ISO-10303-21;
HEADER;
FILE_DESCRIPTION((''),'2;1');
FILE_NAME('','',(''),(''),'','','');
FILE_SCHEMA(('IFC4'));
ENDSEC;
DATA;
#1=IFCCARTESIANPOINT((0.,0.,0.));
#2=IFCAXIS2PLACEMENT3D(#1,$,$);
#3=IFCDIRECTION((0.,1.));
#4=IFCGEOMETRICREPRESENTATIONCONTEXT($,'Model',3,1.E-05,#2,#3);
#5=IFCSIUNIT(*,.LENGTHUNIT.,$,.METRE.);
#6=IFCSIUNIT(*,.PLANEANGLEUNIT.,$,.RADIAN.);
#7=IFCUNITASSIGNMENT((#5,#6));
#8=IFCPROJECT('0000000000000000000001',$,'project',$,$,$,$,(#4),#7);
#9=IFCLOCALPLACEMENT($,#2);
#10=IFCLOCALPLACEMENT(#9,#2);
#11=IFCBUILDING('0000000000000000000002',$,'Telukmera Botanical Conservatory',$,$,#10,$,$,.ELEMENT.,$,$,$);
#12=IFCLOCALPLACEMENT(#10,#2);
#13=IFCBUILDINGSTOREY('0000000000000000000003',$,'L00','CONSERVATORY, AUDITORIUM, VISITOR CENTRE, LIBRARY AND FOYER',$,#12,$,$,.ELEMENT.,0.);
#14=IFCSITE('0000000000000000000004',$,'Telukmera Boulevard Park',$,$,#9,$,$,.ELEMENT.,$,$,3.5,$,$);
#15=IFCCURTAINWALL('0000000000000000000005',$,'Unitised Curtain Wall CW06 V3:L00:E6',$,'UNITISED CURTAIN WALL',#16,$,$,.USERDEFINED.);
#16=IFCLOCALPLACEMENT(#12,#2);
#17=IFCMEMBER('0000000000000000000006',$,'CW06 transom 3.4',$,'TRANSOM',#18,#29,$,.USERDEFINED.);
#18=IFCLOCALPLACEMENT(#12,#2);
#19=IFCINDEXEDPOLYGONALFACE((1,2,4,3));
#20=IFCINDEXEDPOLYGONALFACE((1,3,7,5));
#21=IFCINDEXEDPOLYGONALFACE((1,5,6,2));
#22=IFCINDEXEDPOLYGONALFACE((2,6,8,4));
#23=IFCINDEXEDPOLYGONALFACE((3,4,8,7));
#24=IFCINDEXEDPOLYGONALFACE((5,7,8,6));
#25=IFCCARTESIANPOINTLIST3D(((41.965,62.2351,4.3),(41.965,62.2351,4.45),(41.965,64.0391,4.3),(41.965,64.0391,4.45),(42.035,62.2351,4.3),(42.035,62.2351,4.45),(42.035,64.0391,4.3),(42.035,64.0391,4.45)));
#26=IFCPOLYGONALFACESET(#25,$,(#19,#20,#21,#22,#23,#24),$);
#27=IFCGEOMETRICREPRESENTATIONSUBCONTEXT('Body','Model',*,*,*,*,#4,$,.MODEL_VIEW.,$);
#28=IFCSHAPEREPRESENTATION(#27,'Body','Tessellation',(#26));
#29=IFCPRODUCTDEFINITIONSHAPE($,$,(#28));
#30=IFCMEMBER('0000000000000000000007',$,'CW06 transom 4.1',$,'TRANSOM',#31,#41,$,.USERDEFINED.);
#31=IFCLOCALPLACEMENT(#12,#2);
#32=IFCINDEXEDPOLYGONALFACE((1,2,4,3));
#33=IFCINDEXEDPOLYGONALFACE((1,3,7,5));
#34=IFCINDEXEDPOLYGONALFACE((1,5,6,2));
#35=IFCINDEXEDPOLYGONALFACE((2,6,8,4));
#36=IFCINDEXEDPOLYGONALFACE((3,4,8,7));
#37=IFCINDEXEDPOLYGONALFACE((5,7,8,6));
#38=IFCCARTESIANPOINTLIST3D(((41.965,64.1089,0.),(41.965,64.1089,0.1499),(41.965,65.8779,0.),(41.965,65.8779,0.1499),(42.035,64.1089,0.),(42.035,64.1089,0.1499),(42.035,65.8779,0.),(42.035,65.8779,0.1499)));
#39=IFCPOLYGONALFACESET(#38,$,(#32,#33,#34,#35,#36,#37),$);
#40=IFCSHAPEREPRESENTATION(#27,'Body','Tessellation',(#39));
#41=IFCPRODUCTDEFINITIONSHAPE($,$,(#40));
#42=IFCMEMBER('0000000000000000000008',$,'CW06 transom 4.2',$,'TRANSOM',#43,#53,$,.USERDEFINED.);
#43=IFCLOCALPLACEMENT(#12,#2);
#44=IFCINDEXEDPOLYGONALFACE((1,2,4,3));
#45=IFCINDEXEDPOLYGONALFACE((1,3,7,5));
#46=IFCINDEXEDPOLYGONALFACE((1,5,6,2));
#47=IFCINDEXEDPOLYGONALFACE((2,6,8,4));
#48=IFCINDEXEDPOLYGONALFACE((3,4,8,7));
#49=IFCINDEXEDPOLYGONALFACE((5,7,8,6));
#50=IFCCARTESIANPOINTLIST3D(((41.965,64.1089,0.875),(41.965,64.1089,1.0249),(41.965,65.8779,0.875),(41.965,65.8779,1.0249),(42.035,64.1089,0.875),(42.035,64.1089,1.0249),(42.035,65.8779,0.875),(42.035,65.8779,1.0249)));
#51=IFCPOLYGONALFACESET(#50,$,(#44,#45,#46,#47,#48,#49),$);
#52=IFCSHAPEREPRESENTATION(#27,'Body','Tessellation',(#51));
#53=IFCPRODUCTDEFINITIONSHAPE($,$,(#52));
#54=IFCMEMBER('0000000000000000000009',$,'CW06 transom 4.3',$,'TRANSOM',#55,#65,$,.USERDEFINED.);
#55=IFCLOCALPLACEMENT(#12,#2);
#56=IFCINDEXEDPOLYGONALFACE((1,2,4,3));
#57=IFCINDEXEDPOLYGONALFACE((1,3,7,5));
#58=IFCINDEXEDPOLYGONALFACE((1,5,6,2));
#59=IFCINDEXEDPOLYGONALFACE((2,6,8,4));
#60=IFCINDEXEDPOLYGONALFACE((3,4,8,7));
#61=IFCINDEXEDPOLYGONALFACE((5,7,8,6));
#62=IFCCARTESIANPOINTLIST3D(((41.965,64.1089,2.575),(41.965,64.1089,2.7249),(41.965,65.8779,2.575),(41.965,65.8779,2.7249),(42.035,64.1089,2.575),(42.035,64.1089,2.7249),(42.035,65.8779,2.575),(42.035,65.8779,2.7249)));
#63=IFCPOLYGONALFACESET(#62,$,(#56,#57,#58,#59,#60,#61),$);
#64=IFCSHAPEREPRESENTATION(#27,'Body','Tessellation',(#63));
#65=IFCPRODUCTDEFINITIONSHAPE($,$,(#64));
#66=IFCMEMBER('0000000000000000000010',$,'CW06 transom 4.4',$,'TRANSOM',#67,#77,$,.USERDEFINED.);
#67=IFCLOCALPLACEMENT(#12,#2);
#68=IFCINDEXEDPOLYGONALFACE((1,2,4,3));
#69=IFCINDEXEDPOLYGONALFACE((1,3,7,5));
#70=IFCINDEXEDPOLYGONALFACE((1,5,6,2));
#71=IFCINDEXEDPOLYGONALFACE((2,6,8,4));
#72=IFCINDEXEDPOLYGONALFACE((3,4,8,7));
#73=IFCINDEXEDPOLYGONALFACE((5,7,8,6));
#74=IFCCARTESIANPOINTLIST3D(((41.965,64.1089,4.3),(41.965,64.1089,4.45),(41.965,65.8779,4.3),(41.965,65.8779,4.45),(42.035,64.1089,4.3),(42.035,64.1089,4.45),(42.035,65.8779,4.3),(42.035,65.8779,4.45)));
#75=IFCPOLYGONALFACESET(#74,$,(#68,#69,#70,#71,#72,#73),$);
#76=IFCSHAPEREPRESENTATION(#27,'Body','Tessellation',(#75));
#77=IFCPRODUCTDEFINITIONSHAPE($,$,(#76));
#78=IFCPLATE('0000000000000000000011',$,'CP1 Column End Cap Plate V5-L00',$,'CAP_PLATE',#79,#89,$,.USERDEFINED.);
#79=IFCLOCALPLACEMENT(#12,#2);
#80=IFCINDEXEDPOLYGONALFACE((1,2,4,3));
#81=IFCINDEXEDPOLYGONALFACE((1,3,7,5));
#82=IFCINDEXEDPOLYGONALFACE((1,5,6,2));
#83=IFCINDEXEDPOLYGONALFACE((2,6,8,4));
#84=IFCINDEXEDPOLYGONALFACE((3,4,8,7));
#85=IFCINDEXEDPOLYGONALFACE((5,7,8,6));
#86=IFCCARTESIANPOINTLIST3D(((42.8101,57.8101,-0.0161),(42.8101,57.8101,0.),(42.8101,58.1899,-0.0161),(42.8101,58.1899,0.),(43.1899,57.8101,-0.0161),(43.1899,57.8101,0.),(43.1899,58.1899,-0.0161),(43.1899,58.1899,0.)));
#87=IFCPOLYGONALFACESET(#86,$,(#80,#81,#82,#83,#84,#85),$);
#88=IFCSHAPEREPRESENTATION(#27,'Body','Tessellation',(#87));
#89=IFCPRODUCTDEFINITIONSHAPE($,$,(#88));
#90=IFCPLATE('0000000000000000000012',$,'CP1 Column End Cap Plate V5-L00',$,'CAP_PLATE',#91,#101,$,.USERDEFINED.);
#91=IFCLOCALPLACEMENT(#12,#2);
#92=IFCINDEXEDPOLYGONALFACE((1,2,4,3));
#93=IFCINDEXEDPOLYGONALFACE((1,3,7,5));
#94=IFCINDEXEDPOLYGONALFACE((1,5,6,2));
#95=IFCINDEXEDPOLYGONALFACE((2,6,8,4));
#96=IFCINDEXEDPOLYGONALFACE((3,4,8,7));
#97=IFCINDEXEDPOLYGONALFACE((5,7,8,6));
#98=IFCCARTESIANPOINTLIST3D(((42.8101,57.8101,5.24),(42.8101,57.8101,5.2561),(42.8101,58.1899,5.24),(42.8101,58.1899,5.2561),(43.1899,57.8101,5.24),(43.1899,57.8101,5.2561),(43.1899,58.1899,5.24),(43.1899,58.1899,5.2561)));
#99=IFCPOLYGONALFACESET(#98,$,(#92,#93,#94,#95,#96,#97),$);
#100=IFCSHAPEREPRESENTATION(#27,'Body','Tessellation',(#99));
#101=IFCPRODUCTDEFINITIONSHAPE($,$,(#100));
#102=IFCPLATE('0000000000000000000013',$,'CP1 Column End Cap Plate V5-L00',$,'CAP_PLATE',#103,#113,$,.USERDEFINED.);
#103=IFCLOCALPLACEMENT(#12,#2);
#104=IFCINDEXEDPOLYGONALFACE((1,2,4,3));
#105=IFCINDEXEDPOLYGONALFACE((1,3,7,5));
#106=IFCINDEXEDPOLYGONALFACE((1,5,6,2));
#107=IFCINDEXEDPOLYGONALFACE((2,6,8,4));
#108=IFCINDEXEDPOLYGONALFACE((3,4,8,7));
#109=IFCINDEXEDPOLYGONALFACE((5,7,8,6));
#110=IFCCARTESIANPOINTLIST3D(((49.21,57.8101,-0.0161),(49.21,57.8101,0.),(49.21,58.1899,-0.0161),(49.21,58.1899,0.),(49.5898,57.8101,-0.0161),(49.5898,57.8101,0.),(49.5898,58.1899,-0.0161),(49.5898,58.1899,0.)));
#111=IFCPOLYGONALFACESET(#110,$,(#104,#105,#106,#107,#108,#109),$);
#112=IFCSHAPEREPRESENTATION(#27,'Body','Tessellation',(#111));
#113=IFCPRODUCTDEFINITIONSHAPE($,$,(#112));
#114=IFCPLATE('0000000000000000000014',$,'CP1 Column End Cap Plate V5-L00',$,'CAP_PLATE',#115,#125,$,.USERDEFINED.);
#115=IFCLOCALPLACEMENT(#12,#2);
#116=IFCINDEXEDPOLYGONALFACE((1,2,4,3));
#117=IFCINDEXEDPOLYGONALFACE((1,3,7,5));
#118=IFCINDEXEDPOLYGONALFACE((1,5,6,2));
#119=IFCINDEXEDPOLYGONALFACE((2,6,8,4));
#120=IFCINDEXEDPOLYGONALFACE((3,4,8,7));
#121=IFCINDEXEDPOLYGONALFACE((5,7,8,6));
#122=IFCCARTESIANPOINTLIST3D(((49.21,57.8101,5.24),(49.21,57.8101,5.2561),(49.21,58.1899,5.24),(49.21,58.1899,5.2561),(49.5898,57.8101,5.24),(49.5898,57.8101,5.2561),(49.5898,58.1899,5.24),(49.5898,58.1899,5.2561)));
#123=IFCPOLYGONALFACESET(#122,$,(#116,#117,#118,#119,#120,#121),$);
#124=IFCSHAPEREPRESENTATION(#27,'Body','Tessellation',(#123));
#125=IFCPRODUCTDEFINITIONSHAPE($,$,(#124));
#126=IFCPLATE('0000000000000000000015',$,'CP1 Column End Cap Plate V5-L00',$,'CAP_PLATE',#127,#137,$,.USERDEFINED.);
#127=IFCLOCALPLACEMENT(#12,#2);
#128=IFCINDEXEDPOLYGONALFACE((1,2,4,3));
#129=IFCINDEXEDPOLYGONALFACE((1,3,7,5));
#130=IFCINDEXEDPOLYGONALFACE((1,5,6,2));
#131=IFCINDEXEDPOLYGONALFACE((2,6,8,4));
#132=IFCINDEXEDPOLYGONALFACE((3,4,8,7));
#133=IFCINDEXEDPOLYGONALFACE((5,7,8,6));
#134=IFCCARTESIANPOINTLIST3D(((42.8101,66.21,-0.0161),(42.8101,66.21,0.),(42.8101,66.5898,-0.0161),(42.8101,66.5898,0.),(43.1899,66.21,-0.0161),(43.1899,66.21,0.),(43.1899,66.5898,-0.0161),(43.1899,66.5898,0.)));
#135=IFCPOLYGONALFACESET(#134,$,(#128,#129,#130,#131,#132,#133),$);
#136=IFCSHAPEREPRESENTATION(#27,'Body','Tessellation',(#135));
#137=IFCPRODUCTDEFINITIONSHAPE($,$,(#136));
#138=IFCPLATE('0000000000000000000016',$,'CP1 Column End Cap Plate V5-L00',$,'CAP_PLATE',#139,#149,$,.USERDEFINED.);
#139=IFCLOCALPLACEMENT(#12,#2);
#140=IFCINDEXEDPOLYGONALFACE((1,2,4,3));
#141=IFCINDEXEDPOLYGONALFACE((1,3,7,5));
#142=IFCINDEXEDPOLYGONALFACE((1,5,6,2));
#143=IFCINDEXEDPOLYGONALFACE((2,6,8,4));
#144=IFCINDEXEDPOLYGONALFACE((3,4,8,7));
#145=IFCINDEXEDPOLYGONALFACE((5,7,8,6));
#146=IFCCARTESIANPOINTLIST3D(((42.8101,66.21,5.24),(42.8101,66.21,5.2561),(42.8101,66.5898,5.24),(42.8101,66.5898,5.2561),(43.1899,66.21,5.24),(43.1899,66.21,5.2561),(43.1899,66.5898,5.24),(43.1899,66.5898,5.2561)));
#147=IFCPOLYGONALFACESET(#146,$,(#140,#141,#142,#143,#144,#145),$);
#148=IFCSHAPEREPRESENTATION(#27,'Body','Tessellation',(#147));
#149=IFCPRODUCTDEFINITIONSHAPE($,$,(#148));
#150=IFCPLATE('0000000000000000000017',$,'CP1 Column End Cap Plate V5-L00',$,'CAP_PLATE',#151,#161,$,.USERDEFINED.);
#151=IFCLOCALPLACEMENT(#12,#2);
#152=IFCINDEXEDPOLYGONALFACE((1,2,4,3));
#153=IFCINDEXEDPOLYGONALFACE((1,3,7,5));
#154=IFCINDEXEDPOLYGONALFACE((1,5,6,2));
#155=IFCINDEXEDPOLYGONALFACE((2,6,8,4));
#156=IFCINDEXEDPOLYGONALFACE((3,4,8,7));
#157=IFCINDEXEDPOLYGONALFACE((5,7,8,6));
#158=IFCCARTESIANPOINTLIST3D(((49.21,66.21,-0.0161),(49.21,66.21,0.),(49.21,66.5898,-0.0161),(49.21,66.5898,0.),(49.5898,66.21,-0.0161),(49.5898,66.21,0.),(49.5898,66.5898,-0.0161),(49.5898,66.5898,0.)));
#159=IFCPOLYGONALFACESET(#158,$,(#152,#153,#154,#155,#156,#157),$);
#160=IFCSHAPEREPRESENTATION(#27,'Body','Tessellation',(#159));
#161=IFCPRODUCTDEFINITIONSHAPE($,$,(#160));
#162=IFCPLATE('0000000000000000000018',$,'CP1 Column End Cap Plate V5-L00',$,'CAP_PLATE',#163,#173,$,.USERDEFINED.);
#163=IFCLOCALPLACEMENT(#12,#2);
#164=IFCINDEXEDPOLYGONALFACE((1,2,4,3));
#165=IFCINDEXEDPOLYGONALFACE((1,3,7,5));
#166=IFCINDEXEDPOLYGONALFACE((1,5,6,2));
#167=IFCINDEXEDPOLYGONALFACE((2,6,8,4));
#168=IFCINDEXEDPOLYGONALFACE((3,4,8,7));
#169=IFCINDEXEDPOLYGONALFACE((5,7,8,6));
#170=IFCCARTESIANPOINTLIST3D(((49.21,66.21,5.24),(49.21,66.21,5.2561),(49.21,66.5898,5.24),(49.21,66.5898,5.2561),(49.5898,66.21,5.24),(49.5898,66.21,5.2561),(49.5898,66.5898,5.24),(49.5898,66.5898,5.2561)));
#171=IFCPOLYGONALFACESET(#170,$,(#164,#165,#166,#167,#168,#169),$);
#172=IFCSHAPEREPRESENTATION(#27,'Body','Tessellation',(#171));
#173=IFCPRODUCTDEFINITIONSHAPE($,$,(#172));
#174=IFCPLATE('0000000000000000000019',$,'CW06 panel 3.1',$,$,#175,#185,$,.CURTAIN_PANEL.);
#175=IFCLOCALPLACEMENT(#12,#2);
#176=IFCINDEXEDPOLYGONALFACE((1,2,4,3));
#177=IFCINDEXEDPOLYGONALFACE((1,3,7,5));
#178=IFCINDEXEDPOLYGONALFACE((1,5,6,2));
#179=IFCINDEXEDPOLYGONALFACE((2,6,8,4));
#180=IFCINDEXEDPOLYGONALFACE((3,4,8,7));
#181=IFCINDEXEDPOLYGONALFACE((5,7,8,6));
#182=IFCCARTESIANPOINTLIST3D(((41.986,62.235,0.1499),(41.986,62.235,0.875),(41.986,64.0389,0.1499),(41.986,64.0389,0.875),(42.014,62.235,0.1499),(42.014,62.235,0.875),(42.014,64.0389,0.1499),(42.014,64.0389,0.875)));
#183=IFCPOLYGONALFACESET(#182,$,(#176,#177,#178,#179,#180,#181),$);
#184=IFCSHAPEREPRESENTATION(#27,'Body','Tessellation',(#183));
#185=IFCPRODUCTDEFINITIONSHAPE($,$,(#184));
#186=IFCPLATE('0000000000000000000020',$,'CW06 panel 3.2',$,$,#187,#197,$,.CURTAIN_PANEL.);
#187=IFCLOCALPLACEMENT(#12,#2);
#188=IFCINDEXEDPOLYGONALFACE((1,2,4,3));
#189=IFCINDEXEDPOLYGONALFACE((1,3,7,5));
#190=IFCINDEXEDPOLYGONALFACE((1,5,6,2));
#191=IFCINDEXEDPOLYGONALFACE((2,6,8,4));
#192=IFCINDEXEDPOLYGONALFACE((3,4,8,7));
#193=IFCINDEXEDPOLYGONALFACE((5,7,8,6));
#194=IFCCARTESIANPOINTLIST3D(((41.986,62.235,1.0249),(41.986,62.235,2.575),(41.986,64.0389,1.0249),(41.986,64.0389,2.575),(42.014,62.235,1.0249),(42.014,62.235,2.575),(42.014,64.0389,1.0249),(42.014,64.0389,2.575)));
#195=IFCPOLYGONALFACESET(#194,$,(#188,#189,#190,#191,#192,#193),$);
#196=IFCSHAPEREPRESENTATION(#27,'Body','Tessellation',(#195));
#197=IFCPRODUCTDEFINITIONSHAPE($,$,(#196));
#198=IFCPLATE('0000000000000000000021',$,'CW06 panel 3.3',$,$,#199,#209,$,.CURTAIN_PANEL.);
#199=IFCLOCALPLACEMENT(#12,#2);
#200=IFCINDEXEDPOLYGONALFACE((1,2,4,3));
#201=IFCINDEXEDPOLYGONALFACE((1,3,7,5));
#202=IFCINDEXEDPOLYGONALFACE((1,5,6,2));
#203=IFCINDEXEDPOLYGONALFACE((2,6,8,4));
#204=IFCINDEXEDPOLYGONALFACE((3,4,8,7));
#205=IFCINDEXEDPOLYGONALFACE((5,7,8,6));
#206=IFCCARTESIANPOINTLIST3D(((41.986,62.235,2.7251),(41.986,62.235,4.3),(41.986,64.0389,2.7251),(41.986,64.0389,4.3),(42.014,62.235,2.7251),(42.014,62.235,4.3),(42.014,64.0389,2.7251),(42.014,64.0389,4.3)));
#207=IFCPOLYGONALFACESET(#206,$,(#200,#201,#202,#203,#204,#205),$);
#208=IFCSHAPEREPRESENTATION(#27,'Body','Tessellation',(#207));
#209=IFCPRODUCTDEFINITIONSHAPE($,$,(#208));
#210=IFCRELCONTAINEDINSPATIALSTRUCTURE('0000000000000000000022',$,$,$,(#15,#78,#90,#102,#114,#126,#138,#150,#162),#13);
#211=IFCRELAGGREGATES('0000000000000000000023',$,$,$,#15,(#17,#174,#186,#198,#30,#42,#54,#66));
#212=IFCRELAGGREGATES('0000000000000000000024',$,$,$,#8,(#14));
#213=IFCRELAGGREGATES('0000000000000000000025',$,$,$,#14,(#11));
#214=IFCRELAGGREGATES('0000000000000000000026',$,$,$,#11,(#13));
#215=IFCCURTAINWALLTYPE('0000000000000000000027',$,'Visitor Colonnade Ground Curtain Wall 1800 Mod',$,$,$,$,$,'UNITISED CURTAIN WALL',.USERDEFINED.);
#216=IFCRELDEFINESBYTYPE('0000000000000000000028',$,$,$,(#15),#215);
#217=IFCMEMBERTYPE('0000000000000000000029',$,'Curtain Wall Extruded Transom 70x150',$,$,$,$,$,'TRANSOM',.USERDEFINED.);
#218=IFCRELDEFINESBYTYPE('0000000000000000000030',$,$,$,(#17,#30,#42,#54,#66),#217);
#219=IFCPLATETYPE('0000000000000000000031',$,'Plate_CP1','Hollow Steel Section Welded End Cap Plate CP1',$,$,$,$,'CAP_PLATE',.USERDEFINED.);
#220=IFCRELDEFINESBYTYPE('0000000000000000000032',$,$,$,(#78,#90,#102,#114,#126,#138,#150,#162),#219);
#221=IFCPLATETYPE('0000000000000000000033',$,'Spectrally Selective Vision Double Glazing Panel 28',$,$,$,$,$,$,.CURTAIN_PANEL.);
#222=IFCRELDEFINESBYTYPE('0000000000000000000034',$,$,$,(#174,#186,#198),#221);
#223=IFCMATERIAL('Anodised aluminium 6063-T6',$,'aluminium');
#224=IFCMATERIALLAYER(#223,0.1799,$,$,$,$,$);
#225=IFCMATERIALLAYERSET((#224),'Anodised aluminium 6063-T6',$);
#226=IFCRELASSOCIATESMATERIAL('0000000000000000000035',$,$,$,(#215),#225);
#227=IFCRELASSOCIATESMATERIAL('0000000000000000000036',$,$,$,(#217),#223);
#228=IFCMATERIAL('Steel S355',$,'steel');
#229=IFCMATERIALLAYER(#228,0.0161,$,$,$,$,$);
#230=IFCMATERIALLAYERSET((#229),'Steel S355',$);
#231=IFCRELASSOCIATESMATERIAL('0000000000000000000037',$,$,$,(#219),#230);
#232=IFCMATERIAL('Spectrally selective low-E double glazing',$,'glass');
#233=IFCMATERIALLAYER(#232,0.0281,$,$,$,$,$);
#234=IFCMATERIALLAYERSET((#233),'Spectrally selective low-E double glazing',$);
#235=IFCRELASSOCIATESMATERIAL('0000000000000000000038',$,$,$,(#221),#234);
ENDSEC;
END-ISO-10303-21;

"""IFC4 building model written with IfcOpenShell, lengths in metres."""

from ifc_helpers import new_model, si_unit, direction, frame, origin, origin_2d, place, context, subcontext, project, spatial, rectangle, extrude, material, layer, layer_set, material_profile, profile_set, type_object, element, aggregate, save


model = new_model("IFC4")

# Units and contexts
model_context = context("Model", 3, precision=1e-05, world=origin(), true_north=direction((0.0, 1.0)))
body_context = subcontext(model_context, "Body", "Model", "MODEL_VIEW")
ifc_project = project(units=[si_unit("LENGTHUNIT", "METRE"), si_unit("PLANEANGLEUNIT", "RADIAN")], contexts=[model_context])

# Site, building, storey
site_placement = place(None, origin())
site = spatial("IfcSite", under=ifc_project, at=site_placement, Name="Telukmera Boulevard Park", CompositionType="ELEMENT", RefElevation=3.5)
building_placement = place(site_placement, origin())
building = spatial("IfcBuilding", under=site, at=building_placement, Name="Telukmera Botanical Conservatory", CompositionType="ELEMENT")
storey_placement = place(building_placement, origin())
storey = spatial("IfcBuildingStorey", under=building, at=storey_placement, Name="L00", Description="CONSERVATORY, AUDITORIUM, VISITOR CENTRE, LIBRARY AND FOYER", CompositionType="ELEMENT", Elevation=0.0)

# Shared definitions
ifc_material_1 = material(Name="Steel S355", Category="steel")

# Curtain wall, members
ifc_material_2 = material(Name="Anodised aluminium 6063-T6", Category="aluminium")
ifc_layer_1 = layer(ifc_material_2, 0.1799)
ifc_layer_set_1 = layer_set([ifc_layer_1], Name="Anodised aluminium 6063-T6")
curtain_wall_type = type_object("IfcCurtainWallType", Name="Visitor Colonnade Ground Curtain Wall 1800 Mod", ElementType="UNITISED CURTAIN WALL", PredefinedType="USERDEFINED", material=ifc_layer_set_1)
curtain_wall_placement = place(storey_placement, origin())
curtain_wall = element("IfcCurtainWall", 1, at=curtain_wall_placement, inside=storey, type_object=curtain_wall_type, Name="Unitised Curtain Wall CW06 V3:L00:E6", ObjectType="UNITISED CURTAIN WALL", PredefinedType="USERDEFINED")
ifc_material_profile_1 = material_profile(ifc_material_2, rectangle(XDim=0.0701, YDim=0.1499, at=origin_2d()), Name="ALU TRAN 70x150")
ifc_profile_set_1 = profile_set([ifc_material_profile_1], Name="Anodised aluminium 6063-T6")
member_type_1 = type_object("IfcMemberType", Name="Curtain Wall Extruded Transom 70x150", ElementType="TRANSOM", PredefinedType="USERDEFINED", material=ifc_profile_set_1)
member_1_placement = place(storey_placement, frame((42.0, 62.2351, 4.375), z_axis=(0.0, 1.0, 0.0), x_axis=(-1.0, 0.0, 0.0)))
member_1 = element("IfcMember", 2, at=member_1_placement, type_object=member_type_1, Name="CW06 transom 3.4", ObjectType="TRANSOM", PredefinedType="USERDEFINED", context=body_context, shape_type="SweptSolid", body=[
    extrude(rectangle(XDim=0.0701, YDim=0.1499, at=origin_2d()), origin(), (0.0, 0.0, 1.0), 1.804),
])
member_2_placement = place(storey_placement, frame((42.0, 64.1089, 0.075), z_axis=(0.0, 1.0, 0.0), x_axis=(-1.0, 0.0, 0.0)))
member_2 = element("IfcMember", 3, at=member_2_placement, type_object=member_type_1, Name="CW06 transom 4.1", ObjectType="TRANSOM", PredefinedType="USERDEFINED", context=body_context, shape_type="SweptSolid", body=[
    extrude(rectangle(XDim=0.0701, YDim=0.1499, at=origin_2d()), origin(), (0.0, 0.0, 1.0), 1.769),
])
member_3_placement = place(storey_placement, frame((42.0, 64.1089, 0.95), z_axis=(0.0, 1.0, 0.0), x_axis=(-1.0, 0.0, 0.0)))
member_3 = element("IfcMember", 4, at=member_3_placement, type_object=member_type_1, Name="CW06 transom 4.2", ObjectType="TRANSOM", PredefinedType="USERDEFINED", context=body_context, shape_type="SweptSolid", body=[
    extrude(rectangle(XDim=0.0701, YDim=0.1499, at=origin_2d()), origin(), (0.0, 0.0, 1.0), 1.769),
])
member_4_placement = place(storey_placement, frame((42.0, 64.1089, 2.6499), z_axis=(0.0, 1.0, 0.0), x_axis=(-1.0, 0.0, 0.0)))
member_4 = element("IfcMember", 5, at=member_4_placement, type_object=member_type_1, Name="CW06 transom 4.3", ObjectType="TRANSOM", PredefinedType="USERDEFINED", context=body_context, shape_type="SweptSolid", body=[
    extrude(rectangle(XDim=0.0701, YDim=0.1499, at=origin_2d()), origin(), (0.0, 0.0, 1.0), 1.769),
])
member_5_placement = place(storey_placement, frame((42.0, 64.1089, 4.375), z_axis=(0.0, 1.0, 0.0), x_axis=(-1.0, 0.0, 0.0)))
member_5 = element("IfcMember", 6, at=member_5_placement, type_object=member_type_1, Name="CW06 transom 4.4", ObjectType="TRANSOM", PredefinedType="USERDEFINED", context=body_context, shape_type="SweptSolid", body=[
    extrude(rectangle(XDim=0.0701, YDim=0.1499, at=origin_2d()), origin(), (0.0, 0.0, 1.0), 1.769),
])

# Plates
ifc_layer_2 = layer(ifc_material_1, 0.0161)
ifc_layer_set_2 = layer_set([ifc_layer_2], Name="Steel S355")
plate_type_1 = type_object("IfcPlateType", Name="Plate_CP1", Description="Hollow Steel Section Welded End Cap Plate CP1", ElementType="CAP_PLATE", PredefinedType="USERDEFINED", material=ifc_layer_set_2)
for number, where, z_axis, x_axis, name in (
    (7, (43.0, 58.0, -0.0161), (0.0, 0.0, 1.0), (1.0, 0.0, 0.0), "CP1 Column End Cap Plate V5-L00"),
    (8, (43.0, 58.0, 5.24), (0.0, 0.0, 1.0), (1.0, 0.0, 0.0), "CP1 Column End Cap Plate V5-L00"),
    (9, (49.3999, 58.0, -0.0161), (0.0, 0.0, 1.0), (1.0, 0.0, 0.0), "CP1 Column End Cap Plate V5-L00"),
    (10, (49.3999, 58.0, 5.24), (0.0, 0.0, 1.0), (1.0, 0.0, 0.0), "CP1 Column End Cap Plate V5-L00"),
    (11, (43.0, 66.3999, -0.0161), (0.0, 0.0, 1.0), (1.0, 0.0, 0.0), "CP1 Column End Cap Plate V5-L00"),
    (12, (43.0, 66.3999, 5.24), (0.0, 0.0, 1.0), (1.0, 0.0, 0.0), "CP1 Column End Cap Plate V5-L00"),
    (13, (49.3999, 66.3999, -0.0161), (0.0, 0.0, 1.0), (1.0, 0.0, 0.0), "CP1 Column End Cap Plate V5-L00"),
    (14, (49.3999, 66.3999, 5.24), (0.0, 0.0, 1.0), (1.0, 0.0, 0.0), "CP1 Column End Cap Plate V5-L00"),
):
    element("IfcPlate", number, at=place(storey_placement, frame(where, z_axis=z_axis, x_axis=x_axis)), inside=storey, type_object=plate_type_1, Name=name, ObjectType="CAP_PLATE", PredefinedType="USERDEFINED", context=body_context, shape_type="SweptSolid", body=[
        extrude(rectangle(XDim=0.3799, YDim=0.3799, at=origin_2d()), origin(), (0.0, 0.0, 1.0), 0.0161),
    ])

# Plates
ifc_material_3 = material(Name="Spectrally selective low-E double glazing", Category="glass")
ifc_layer_3 = layer(ifc_material_3, 0.0281)
ifc_layer_set_3 = layer_set([ifc_layer_3], Name="Spectrally selective low-E double glazing")
plate_type_2 = type_object("IfcPlateType", Name="Spectrally Selective Vision Double Glazing Panel 28", PredefinedType="CURTAIN_PANEL", material=ifc_layer_set_3)
plate_1_placement = place(storey_placement, frame((42.0, 63.137, 0.1499), z_axis=(0.0, 0.0, 1.0), x_axis=(0.0, 1.0, 0.0)))
plate_1 = element("IfcPlate", 15, at=plate_1_placement, type_object=plate_type_2, Name="CW06 panel 3.1", PredefinedType="CURTAIN_PANEL", context=body_context, shape_type="SweptSolid", body=[
    extrude(rectangle(XDim=1.804, YDim=0.0281, at=origin_2d()), origin(), (0.0, 0.0, 1.0), 0.7251),
])
plate_2_placement = place(storey_placement, frame((42.0, 63.137, 1.0249), z_axis=(0.0, 0.0, 1.0), x_axis=(0.0, 1.0, 0.0)))
plate_2 = element("IfcPlate", 16, at=plate_2_placement, type_object=plate_type_2, Name="CW06 panel 3.2", PredefinedType="CURTAIN_PANEL", context=body_context, shape_type="SweptSolid", body=[
    extrude(rectangle(XDim=1.804, YDim=0.0281, at=origin_2d()), origin(), (0.0, 0.0, 1.0), 1.55),
])
plate_3_placement = place(storey_placement, frame((42.0, 63.137, 2.7251), z_axis=(0.0, 0.0, 1.0), x_axis=(0.0, 1.0, 0.0)))
plate_3 = element("IfcPlate", 17, at=plate_3_placement, type_object=plate_type_2, Name="CW06 panel 3.3", PredefinedType="CURTAIN_PANEL", context=body_context, shape_type="SweptSolid", body=[
    extrude(rectangle(XDim=1.804, YDim=0.0281, at=origin_2d()), origin(), (0.0, 0.0, 1.0), 1.575),
])
aggregate(curtain_wall, [member_1, plate_1, plate_2, plate_3, member_2, member_3, member_4, member_5])

save(model, "model.ifc")
